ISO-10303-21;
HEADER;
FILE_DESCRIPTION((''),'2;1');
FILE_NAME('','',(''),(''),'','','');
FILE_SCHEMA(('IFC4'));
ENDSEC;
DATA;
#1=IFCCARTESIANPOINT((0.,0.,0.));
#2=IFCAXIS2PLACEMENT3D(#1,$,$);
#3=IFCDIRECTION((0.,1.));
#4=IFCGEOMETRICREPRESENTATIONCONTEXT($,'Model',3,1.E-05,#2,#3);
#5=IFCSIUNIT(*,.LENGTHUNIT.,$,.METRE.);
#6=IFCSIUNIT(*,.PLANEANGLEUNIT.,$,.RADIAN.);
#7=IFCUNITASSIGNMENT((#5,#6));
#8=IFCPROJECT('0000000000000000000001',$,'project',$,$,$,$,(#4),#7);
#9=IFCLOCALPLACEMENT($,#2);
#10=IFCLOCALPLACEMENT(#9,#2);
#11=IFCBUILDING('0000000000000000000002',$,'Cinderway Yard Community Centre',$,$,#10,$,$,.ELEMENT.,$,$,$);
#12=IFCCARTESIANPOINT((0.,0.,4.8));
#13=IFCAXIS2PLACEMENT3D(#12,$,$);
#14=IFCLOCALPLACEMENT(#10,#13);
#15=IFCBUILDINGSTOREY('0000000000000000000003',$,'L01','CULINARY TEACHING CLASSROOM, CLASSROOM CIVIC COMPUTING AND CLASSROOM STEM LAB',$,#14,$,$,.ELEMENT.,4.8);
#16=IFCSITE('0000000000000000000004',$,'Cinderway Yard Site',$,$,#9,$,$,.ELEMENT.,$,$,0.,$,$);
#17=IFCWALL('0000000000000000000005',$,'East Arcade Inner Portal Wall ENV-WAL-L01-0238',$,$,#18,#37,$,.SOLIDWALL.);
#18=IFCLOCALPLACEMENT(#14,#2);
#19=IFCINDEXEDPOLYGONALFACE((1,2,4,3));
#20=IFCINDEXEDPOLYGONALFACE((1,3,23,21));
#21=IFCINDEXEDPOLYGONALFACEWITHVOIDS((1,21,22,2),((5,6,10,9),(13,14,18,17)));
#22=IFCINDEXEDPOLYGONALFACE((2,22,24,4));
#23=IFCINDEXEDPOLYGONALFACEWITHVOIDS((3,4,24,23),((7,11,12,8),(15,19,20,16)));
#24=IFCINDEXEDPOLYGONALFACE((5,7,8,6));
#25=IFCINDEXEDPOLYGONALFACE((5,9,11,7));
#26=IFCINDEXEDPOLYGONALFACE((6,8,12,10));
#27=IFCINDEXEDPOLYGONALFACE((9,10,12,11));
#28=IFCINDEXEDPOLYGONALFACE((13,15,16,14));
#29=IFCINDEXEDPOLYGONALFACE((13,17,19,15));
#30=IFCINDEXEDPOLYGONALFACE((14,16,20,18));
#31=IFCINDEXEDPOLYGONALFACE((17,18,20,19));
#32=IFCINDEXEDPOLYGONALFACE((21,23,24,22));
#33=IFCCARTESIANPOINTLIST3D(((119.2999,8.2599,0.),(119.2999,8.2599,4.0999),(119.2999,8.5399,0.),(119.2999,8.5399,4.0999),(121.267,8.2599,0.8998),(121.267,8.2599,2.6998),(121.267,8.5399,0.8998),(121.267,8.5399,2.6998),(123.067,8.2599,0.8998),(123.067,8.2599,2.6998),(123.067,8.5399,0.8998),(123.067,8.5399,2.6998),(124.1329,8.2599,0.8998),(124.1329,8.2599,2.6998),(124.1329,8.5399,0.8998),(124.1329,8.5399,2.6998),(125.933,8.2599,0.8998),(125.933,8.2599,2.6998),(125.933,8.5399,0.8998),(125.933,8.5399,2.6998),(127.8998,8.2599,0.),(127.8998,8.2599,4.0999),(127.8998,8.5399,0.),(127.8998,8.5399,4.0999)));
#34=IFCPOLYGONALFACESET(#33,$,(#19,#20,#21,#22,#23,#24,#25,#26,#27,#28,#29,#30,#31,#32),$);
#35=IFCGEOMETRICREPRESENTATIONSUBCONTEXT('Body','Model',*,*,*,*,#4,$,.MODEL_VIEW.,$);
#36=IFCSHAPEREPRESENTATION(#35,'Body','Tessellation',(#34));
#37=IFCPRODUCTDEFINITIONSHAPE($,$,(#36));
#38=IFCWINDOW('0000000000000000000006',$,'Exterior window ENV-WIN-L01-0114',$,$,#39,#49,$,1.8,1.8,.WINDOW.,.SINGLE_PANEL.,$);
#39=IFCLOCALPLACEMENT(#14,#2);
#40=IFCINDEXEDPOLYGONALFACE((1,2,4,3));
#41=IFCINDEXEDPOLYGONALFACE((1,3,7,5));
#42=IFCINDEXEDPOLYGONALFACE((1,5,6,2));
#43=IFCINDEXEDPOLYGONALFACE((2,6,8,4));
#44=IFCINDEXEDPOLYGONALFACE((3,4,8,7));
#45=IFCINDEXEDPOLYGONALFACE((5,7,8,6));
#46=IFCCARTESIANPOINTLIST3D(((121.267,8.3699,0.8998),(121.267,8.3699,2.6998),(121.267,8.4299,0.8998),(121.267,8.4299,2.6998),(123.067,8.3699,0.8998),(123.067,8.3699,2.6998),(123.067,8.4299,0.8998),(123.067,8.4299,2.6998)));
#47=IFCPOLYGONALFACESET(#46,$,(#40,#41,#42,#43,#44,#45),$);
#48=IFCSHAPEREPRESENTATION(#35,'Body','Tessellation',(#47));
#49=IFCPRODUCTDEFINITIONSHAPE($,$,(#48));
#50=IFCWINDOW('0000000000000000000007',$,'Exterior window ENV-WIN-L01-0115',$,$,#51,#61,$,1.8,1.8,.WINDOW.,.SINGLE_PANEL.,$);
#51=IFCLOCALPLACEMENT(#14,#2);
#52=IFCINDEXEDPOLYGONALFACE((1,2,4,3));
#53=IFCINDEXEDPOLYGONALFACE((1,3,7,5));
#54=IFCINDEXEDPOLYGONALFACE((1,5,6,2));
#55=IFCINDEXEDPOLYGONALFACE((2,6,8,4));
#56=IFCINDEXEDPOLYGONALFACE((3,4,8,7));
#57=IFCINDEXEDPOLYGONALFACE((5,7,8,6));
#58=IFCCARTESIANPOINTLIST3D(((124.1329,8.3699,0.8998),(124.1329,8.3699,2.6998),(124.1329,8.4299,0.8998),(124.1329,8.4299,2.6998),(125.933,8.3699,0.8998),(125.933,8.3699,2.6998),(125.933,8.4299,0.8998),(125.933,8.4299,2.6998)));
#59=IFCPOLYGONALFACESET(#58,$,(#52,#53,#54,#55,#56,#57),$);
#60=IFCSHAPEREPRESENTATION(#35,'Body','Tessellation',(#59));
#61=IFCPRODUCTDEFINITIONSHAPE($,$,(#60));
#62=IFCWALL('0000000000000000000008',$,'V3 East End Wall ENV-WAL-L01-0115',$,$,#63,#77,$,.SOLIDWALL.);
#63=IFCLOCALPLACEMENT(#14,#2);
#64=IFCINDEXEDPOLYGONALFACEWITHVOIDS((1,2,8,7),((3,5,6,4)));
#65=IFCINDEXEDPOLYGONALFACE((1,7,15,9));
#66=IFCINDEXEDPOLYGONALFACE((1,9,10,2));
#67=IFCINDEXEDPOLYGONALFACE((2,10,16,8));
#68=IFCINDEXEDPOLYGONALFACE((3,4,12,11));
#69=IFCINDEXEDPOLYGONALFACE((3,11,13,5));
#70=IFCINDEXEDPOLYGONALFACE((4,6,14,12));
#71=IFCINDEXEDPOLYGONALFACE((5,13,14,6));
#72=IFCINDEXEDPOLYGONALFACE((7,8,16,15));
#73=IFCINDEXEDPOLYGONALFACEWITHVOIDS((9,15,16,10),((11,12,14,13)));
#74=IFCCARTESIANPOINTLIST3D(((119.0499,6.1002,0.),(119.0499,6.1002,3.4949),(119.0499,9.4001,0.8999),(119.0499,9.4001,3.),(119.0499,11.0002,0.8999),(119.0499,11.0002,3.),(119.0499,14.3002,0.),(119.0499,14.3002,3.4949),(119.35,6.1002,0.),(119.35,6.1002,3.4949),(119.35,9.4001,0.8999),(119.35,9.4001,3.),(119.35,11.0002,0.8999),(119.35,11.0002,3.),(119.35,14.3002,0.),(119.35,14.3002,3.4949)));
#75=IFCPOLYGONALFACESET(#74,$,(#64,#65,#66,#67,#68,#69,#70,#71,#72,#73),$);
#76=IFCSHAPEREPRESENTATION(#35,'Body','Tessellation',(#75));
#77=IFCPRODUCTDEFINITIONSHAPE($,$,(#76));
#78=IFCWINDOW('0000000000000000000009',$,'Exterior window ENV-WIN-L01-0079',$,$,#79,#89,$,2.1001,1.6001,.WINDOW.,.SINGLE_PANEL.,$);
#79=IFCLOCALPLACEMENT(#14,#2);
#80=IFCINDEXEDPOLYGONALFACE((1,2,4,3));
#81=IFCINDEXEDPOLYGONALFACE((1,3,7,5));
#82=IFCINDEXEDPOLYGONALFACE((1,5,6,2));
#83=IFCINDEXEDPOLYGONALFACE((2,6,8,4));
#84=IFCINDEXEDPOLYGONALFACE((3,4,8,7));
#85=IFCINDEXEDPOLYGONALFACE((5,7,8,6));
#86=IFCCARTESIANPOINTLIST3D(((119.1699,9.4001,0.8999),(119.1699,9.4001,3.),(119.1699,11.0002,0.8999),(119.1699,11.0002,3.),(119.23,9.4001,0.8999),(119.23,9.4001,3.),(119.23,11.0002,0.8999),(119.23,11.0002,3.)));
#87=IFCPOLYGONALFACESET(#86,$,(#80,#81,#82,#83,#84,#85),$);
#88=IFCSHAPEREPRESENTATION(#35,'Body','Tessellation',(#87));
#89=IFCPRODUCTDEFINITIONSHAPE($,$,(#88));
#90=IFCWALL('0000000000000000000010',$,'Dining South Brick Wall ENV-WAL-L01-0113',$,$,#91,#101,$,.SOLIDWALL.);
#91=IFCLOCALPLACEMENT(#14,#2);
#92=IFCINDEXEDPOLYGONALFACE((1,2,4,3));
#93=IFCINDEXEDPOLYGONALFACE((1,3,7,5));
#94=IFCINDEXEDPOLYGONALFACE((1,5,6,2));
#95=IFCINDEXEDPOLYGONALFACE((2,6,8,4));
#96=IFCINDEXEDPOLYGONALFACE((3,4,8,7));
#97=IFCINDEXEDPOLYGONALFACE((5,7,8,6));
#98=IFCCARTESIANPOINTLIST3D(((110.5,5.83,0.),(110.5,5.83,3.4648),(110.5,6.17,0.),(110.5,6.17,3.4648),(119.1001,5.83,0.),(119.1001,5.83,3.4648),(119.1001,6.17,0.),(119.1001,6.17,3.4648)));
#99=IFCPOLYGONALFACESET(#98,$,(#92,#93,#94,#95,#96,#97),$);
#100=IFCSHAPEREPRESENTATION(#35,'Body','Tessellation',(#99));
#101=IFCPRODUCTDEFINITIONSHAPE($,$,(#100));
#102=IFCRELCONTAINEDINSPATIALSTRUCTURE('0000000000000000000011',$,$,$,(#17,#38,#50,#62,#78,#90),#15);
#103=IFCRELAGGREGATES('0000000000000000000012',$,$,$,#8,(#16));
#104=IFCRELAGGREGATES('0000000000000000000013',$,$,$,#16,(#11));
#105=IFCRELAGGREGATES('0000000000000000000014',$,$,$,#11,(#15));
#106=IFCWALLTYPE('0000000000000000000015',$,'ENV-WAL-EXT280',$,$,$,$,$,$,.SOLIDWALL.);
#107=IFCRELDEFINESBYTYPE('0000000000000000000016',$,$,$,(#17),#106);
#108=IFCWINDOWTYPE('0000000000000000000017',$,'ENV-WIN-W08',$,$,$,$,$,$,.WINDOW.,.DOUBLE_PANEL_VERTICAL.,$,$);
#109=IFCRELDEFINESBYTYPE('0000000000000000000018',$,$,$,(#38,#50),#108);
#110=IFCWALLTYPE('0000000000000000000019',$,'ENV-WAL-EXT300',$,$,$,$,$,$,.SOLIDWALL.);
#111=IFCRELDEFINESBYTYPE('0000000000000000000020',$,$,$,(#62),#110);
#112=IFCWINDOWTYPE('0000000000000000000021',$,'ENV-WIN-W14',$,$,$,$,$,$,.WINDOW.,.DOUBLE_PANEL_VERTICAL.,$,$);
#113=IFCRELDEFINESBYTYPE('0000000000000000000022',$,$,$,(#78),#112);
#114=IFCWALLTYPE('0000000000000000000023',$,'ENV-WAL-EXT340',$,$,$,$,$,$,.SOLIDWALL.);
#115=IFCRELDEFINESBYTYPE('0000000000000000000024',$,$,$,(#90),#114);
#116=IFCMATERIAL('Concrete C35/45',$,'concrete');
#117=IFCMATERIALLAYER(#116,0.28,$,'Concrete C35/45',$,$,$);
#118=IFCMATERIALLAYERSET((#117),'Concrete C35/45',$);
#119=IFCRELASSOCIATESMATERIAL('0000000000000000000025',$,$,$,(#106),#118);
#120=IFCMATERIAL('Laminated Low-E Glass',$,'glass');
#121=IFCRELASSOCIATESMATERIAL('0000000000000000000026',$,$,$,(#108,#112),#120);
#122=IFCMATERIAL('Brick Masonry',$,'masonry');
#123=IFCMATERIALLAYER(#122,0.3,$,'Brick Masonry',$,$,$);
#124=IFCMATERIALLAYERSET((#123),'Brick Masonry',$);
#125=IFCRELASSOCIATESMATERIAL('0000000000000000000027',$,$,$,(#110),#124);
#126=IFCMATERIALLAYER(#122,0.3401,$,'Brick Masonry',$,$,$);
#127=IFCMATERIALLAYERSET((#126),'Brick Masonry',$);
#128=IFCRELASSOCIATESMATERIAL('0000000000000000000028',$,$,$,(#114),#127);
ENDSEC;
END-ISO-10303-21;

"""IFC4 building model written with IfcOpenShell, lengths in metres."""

from ifc_helpers import new_model, si_unit, direction, frame, frame_2d, origin, place, context, subcontext, project, spatial, rectangle, extrude, material, layer, layer_set, type_object, element, fill, save


model = new_model("IFC4")

# Units and contexts
model_context = context("Model", 3, precision=1e-05, world=origin(), true_north=direction((0.0, 1.0)))
body_context = subcontext(model_context, "Body", "Model", "MODEL_VIEW")
ifc_project = project(units=[si_unit("LENGTHUNIT", "METRE"), si_unit("PLANEANGLEUNIT", "RADIAN")], contexts=[model_context])

# Site, building, storey
site_placement = place(None, origin())
site = spatial("IfcSite", under=ifc_project, at=site_placement, Name="Cinderway Yard Site", CompositionType="ELEMENT", RefElevation=0.0)
building_placement = place(site_placement, origin())
building = spatial("IfcBuilding", under=site, at=building_placement, Name="Cinderway Yard Community Centre", CompositionType="ELEMENT")
storey_placement = place(building_placement, frame((0.0, 0.0, 4.8)))
storey = spatial("IfcBuildingStorey", under=building, at=storey_placement, Name="L01", Description="CULINARY TEACHING CLASSROOM, CLASSROOM CIVIC COMPUTING AND CLASSROOM STEM LAB", CompositionType="ELEMENT", Elevation=4.8)

# Shared definitions
ifc_material_1 = material(Name="Concrete C35/45", Category="concrete")

# Wall, openings, windows
ifc_layer_1 = layer(ifc_material_1, 0.28, Name="Concrete C35/45")
ifc_layer_set_1 = layer_set([ifc_layer_1], Name="Concrete C35/45")
wall_type_1 = type_object("IfcWallType", Name="ENV-WAL-EXT280", PredefinedType="SOLIDWALL", material=ifc_layer_set_1)
wall_1_placement = place(storey_placement, frame((119.3, 8.3999, 0.0), z_axis=(0.0, 0.0, 1.0), x_axis=(1.0, 0.0, 0.0)))
wall_1 = element("IfcWall", 1, at=wall_1_placement, inside=storey, type_object=wall_type_1, Name="East Arcade Inner Portal Wall ENV-WAL-L01-0238", PredefinedType="SOLIDWALL", context=body_context, shape_type="SweptSolid", body=[
    extrude(rectangle(XDim=8.5999, YDim=0.28, at=frame_2d((4.2998, 0.0))), origin(), (0.0, 0.0, 1.0), 4.0999),
])
opening_1_placement = place(wall_1_placement, frame((1.967, 0.0, 0.8999)))
opening_1 = element("IfcOpeningElement", 2, at=opening_1_placement, cuts=wall_1, PredefinedType="OPENING", context=body_context, shape_type="SweptSolid", body=[
    extrude(rectangle(XDim=1.8, YDim=1.8, at=frame_2d((0.8999, 0.8999))), frame((0.0, 0.1499, 0.0), z_axis=(0.0, -1.0, 0.0), x_axis=(1.0, 0.0, 0.0)), (0.0, 0.0, 1.0), 0.3),
])
opening_2_placement = place(wall_1_placement, frame((4.833, 0.0, 0.8999)))
opening_2 = element("IfcOpeningElement", 3, at=opening_2_placement, cuts=wall_1, PredefinedType="OPENING", context=body_context, shape_type="SweptSolid", body=[
    extrude(rectangle(XDim=1.8, YDim=1.8, at=frame_2d((0.8999, 0.8999))), frame((0.0, 0.1499, 0.0), z_axis=(0.0, -1.0, 0.0), x_axis=(1.0, 0.0, 0.0)), (0.0, 0.0, 1.0), 0.3),
])
ifc_material_2 = material(Name="Laminated Low-E Glass", Category="glass")
window_type_1 = type_object("IfcWindowType", Name="ENV-WIN-W08", PartitioningType="DOUBLE_PANEL_VERTICAL", PredefinedType="WINDOW", material=ifc_material_2)
window_1_placement = place(opening_1_placement, origin())
window_1 = element("IfcWindow", 4, at=window_1_placement, inside=storey, type_object=window_type_1, Name="Exterior window ENV-WIN-L01-0114", OverallHeight=1.8, OverallWidth=1.8, PartitioningType="SINGLE_PANEL", PredefinedType="WINDOW", context=body_context, shape_type="SweptSolid", body=[
    extrude(rectangle(XDim=1.8, YDim=1.8, at=frame_2d((0.8999, 0.8999))), frame((0.0, 0.03, 0.0), z_axis=(0.0, -1.0, 0.0), x_axis=(1.0, 0.0, 0.0)), (0.0, 0.0, 1.0), 0.0601),
])
fill(opening_1, window_1)
window_2_placement = place(opening_2_placement, origin())
window_2 = element("IfcWindow", 5, at=window_2_placement, inside=storey, type_object=window_type_1, Name="Exterior window ENV-WIN-L01-0115", OverallHeight=1.8, OverallWidth=1.8, PartitioningType="SINGLE_PANEL", PredefinedType="WINDOW", context=body_context, shape_type="SweptSolid", body=[
    extrude(rectangle(XDim=1.8, YDim=1.8, at=frame_2d((0.8999, 0.8999))), frame((0.0, 0.03, 0.0), z_axis=(0.0, -1.0, 0.0), x_axis=(1.0, 0.0, 0.0)), (0.0, 0.0, 1.0), 0.0601),
])
fill(opening_2, window_2)

# Wall, opening, window
ifc_material_3 = material(Name="Brick Masonry", Category="masonry")
ifc_layer_2 = layer(ifc_material_3, 0.3, Name="Brick Masonry")
ifc_layer_set_2 = layer_set([ifc_layer_2], Name="Brick Masonry")
wall_type_2 = type_object("IfcWallType", Name="ENV-WAL-EXT300", PredefinedType="SOLIDWALL", material=ifc_layer_set_2)
wall_2_placement = place(storey_placement, frame((119.2, 6.1001, 0.0), z_axis=(0.0, 0.0, 1.0), x_axis=(0.0, 1.0, 0.0)))
wall_2 = element("IfcWall", 6, at=wall_2_placement, inside=storey, type_object=wall_type_2, Name="V3 East End Wall ENV-WAL-L01-0115", PredefinedType="SOLIDWALL", context=body_context, shape_type="SweptSolid", body=[
    extrude(rectangle(XDim=8.2, YDim=0.3, at=frame_2d((4.1001, 0.0))), origin(), (0.0, 0.0, 1.0), 3.4949),
])
opening_3_placement = place(wall_2_placement, frame((3.3, 0.0, 0.8999)))
opening_3 = element("IfcOpeningElement", 7, at=opening_3_placement, cuts=wall_2, PredefinedType="OPENING", context=body_context, shape_type="SweptSolid", body=[
    extrude(rectangle(XDim=1.6001, YDim=2.1001, at=frame_2d((0.8, 1.05))), frame((0.0, 0.1599, 0.0), z_axis=(0.0, -1.0, 0.0), x_axis=(1.0, 0.0, 0.0)), (0.0, 0.0, 1.0), 0.3201),
])
window_type_2 = type_object("IfcWindowType", Name="ENV-WIN-W14", PartitioningType="DOUBLE_PANEL_VERTICAL", PredefinedType="WINDOW", material=ifc_material_2)
window_3_placement = place(opening_3_placement, origin())
window_3 = element("IfcWindow", 8, at=window_3_placement, inside=storey, type_object=window_type_2, Name="Exterior window ENV-WIN-L01-0079", OverallHeight=2.1001, OverallWidth=1.6001, PartitioningType="SINGLE_PANEL", PredefinedType="WINDOW", context=body_context, shape_type="SweptSolid", body=[
    extrude(rectangle(XDim=1.6001, YDim=2.1001, at=frame_2d((0.8, 1.05))), frame((0.0, 0.03, 0.0), z_axis=(0.0, -1.0, 0.0), x_axis=(1.0, 0.0, 0.0)), (0.0, 0.0, 1.0), 0.0601),
])
fill(opening_3, window_3)

# Wall
ifc_layer_3 = layer(ifc_material_3, 0.3401, Name="Brick Masonry")
ifc_layer_set_3 = layer_set([ifc_layer_3], Name="Brick Masonry")
wall_type_3 = type_object("IfcWallType", Name="ENV-WAL-EXT340", PredefinedType="SOLIDWALL", material=ifc_layer_set_3)
wall_3_placement = place(storey_placement, frame((110.5, 6.0, 0.0), z_axis=(0.0, 0.0, 1.0), x_axis=(1.0, 0.0, 0.0)))
element("IfcWall", 9, at=wall_3_placement, inside=storey, type_object=wall_type_3, Name="Dining South Brick Wall ENV-WAL-L01-0113", PredefinedType="SOLIDWALL", context=body_context, shape_type="SweptSolid", body=[
    extrude(rectangle(XDim=8.6001, YDim=0.3401, at=frame_2d((4.3, 0.0))), origin(), (0.0, 0.0, 1.0), 3.4648),
])

save(model, "model.ifc")
